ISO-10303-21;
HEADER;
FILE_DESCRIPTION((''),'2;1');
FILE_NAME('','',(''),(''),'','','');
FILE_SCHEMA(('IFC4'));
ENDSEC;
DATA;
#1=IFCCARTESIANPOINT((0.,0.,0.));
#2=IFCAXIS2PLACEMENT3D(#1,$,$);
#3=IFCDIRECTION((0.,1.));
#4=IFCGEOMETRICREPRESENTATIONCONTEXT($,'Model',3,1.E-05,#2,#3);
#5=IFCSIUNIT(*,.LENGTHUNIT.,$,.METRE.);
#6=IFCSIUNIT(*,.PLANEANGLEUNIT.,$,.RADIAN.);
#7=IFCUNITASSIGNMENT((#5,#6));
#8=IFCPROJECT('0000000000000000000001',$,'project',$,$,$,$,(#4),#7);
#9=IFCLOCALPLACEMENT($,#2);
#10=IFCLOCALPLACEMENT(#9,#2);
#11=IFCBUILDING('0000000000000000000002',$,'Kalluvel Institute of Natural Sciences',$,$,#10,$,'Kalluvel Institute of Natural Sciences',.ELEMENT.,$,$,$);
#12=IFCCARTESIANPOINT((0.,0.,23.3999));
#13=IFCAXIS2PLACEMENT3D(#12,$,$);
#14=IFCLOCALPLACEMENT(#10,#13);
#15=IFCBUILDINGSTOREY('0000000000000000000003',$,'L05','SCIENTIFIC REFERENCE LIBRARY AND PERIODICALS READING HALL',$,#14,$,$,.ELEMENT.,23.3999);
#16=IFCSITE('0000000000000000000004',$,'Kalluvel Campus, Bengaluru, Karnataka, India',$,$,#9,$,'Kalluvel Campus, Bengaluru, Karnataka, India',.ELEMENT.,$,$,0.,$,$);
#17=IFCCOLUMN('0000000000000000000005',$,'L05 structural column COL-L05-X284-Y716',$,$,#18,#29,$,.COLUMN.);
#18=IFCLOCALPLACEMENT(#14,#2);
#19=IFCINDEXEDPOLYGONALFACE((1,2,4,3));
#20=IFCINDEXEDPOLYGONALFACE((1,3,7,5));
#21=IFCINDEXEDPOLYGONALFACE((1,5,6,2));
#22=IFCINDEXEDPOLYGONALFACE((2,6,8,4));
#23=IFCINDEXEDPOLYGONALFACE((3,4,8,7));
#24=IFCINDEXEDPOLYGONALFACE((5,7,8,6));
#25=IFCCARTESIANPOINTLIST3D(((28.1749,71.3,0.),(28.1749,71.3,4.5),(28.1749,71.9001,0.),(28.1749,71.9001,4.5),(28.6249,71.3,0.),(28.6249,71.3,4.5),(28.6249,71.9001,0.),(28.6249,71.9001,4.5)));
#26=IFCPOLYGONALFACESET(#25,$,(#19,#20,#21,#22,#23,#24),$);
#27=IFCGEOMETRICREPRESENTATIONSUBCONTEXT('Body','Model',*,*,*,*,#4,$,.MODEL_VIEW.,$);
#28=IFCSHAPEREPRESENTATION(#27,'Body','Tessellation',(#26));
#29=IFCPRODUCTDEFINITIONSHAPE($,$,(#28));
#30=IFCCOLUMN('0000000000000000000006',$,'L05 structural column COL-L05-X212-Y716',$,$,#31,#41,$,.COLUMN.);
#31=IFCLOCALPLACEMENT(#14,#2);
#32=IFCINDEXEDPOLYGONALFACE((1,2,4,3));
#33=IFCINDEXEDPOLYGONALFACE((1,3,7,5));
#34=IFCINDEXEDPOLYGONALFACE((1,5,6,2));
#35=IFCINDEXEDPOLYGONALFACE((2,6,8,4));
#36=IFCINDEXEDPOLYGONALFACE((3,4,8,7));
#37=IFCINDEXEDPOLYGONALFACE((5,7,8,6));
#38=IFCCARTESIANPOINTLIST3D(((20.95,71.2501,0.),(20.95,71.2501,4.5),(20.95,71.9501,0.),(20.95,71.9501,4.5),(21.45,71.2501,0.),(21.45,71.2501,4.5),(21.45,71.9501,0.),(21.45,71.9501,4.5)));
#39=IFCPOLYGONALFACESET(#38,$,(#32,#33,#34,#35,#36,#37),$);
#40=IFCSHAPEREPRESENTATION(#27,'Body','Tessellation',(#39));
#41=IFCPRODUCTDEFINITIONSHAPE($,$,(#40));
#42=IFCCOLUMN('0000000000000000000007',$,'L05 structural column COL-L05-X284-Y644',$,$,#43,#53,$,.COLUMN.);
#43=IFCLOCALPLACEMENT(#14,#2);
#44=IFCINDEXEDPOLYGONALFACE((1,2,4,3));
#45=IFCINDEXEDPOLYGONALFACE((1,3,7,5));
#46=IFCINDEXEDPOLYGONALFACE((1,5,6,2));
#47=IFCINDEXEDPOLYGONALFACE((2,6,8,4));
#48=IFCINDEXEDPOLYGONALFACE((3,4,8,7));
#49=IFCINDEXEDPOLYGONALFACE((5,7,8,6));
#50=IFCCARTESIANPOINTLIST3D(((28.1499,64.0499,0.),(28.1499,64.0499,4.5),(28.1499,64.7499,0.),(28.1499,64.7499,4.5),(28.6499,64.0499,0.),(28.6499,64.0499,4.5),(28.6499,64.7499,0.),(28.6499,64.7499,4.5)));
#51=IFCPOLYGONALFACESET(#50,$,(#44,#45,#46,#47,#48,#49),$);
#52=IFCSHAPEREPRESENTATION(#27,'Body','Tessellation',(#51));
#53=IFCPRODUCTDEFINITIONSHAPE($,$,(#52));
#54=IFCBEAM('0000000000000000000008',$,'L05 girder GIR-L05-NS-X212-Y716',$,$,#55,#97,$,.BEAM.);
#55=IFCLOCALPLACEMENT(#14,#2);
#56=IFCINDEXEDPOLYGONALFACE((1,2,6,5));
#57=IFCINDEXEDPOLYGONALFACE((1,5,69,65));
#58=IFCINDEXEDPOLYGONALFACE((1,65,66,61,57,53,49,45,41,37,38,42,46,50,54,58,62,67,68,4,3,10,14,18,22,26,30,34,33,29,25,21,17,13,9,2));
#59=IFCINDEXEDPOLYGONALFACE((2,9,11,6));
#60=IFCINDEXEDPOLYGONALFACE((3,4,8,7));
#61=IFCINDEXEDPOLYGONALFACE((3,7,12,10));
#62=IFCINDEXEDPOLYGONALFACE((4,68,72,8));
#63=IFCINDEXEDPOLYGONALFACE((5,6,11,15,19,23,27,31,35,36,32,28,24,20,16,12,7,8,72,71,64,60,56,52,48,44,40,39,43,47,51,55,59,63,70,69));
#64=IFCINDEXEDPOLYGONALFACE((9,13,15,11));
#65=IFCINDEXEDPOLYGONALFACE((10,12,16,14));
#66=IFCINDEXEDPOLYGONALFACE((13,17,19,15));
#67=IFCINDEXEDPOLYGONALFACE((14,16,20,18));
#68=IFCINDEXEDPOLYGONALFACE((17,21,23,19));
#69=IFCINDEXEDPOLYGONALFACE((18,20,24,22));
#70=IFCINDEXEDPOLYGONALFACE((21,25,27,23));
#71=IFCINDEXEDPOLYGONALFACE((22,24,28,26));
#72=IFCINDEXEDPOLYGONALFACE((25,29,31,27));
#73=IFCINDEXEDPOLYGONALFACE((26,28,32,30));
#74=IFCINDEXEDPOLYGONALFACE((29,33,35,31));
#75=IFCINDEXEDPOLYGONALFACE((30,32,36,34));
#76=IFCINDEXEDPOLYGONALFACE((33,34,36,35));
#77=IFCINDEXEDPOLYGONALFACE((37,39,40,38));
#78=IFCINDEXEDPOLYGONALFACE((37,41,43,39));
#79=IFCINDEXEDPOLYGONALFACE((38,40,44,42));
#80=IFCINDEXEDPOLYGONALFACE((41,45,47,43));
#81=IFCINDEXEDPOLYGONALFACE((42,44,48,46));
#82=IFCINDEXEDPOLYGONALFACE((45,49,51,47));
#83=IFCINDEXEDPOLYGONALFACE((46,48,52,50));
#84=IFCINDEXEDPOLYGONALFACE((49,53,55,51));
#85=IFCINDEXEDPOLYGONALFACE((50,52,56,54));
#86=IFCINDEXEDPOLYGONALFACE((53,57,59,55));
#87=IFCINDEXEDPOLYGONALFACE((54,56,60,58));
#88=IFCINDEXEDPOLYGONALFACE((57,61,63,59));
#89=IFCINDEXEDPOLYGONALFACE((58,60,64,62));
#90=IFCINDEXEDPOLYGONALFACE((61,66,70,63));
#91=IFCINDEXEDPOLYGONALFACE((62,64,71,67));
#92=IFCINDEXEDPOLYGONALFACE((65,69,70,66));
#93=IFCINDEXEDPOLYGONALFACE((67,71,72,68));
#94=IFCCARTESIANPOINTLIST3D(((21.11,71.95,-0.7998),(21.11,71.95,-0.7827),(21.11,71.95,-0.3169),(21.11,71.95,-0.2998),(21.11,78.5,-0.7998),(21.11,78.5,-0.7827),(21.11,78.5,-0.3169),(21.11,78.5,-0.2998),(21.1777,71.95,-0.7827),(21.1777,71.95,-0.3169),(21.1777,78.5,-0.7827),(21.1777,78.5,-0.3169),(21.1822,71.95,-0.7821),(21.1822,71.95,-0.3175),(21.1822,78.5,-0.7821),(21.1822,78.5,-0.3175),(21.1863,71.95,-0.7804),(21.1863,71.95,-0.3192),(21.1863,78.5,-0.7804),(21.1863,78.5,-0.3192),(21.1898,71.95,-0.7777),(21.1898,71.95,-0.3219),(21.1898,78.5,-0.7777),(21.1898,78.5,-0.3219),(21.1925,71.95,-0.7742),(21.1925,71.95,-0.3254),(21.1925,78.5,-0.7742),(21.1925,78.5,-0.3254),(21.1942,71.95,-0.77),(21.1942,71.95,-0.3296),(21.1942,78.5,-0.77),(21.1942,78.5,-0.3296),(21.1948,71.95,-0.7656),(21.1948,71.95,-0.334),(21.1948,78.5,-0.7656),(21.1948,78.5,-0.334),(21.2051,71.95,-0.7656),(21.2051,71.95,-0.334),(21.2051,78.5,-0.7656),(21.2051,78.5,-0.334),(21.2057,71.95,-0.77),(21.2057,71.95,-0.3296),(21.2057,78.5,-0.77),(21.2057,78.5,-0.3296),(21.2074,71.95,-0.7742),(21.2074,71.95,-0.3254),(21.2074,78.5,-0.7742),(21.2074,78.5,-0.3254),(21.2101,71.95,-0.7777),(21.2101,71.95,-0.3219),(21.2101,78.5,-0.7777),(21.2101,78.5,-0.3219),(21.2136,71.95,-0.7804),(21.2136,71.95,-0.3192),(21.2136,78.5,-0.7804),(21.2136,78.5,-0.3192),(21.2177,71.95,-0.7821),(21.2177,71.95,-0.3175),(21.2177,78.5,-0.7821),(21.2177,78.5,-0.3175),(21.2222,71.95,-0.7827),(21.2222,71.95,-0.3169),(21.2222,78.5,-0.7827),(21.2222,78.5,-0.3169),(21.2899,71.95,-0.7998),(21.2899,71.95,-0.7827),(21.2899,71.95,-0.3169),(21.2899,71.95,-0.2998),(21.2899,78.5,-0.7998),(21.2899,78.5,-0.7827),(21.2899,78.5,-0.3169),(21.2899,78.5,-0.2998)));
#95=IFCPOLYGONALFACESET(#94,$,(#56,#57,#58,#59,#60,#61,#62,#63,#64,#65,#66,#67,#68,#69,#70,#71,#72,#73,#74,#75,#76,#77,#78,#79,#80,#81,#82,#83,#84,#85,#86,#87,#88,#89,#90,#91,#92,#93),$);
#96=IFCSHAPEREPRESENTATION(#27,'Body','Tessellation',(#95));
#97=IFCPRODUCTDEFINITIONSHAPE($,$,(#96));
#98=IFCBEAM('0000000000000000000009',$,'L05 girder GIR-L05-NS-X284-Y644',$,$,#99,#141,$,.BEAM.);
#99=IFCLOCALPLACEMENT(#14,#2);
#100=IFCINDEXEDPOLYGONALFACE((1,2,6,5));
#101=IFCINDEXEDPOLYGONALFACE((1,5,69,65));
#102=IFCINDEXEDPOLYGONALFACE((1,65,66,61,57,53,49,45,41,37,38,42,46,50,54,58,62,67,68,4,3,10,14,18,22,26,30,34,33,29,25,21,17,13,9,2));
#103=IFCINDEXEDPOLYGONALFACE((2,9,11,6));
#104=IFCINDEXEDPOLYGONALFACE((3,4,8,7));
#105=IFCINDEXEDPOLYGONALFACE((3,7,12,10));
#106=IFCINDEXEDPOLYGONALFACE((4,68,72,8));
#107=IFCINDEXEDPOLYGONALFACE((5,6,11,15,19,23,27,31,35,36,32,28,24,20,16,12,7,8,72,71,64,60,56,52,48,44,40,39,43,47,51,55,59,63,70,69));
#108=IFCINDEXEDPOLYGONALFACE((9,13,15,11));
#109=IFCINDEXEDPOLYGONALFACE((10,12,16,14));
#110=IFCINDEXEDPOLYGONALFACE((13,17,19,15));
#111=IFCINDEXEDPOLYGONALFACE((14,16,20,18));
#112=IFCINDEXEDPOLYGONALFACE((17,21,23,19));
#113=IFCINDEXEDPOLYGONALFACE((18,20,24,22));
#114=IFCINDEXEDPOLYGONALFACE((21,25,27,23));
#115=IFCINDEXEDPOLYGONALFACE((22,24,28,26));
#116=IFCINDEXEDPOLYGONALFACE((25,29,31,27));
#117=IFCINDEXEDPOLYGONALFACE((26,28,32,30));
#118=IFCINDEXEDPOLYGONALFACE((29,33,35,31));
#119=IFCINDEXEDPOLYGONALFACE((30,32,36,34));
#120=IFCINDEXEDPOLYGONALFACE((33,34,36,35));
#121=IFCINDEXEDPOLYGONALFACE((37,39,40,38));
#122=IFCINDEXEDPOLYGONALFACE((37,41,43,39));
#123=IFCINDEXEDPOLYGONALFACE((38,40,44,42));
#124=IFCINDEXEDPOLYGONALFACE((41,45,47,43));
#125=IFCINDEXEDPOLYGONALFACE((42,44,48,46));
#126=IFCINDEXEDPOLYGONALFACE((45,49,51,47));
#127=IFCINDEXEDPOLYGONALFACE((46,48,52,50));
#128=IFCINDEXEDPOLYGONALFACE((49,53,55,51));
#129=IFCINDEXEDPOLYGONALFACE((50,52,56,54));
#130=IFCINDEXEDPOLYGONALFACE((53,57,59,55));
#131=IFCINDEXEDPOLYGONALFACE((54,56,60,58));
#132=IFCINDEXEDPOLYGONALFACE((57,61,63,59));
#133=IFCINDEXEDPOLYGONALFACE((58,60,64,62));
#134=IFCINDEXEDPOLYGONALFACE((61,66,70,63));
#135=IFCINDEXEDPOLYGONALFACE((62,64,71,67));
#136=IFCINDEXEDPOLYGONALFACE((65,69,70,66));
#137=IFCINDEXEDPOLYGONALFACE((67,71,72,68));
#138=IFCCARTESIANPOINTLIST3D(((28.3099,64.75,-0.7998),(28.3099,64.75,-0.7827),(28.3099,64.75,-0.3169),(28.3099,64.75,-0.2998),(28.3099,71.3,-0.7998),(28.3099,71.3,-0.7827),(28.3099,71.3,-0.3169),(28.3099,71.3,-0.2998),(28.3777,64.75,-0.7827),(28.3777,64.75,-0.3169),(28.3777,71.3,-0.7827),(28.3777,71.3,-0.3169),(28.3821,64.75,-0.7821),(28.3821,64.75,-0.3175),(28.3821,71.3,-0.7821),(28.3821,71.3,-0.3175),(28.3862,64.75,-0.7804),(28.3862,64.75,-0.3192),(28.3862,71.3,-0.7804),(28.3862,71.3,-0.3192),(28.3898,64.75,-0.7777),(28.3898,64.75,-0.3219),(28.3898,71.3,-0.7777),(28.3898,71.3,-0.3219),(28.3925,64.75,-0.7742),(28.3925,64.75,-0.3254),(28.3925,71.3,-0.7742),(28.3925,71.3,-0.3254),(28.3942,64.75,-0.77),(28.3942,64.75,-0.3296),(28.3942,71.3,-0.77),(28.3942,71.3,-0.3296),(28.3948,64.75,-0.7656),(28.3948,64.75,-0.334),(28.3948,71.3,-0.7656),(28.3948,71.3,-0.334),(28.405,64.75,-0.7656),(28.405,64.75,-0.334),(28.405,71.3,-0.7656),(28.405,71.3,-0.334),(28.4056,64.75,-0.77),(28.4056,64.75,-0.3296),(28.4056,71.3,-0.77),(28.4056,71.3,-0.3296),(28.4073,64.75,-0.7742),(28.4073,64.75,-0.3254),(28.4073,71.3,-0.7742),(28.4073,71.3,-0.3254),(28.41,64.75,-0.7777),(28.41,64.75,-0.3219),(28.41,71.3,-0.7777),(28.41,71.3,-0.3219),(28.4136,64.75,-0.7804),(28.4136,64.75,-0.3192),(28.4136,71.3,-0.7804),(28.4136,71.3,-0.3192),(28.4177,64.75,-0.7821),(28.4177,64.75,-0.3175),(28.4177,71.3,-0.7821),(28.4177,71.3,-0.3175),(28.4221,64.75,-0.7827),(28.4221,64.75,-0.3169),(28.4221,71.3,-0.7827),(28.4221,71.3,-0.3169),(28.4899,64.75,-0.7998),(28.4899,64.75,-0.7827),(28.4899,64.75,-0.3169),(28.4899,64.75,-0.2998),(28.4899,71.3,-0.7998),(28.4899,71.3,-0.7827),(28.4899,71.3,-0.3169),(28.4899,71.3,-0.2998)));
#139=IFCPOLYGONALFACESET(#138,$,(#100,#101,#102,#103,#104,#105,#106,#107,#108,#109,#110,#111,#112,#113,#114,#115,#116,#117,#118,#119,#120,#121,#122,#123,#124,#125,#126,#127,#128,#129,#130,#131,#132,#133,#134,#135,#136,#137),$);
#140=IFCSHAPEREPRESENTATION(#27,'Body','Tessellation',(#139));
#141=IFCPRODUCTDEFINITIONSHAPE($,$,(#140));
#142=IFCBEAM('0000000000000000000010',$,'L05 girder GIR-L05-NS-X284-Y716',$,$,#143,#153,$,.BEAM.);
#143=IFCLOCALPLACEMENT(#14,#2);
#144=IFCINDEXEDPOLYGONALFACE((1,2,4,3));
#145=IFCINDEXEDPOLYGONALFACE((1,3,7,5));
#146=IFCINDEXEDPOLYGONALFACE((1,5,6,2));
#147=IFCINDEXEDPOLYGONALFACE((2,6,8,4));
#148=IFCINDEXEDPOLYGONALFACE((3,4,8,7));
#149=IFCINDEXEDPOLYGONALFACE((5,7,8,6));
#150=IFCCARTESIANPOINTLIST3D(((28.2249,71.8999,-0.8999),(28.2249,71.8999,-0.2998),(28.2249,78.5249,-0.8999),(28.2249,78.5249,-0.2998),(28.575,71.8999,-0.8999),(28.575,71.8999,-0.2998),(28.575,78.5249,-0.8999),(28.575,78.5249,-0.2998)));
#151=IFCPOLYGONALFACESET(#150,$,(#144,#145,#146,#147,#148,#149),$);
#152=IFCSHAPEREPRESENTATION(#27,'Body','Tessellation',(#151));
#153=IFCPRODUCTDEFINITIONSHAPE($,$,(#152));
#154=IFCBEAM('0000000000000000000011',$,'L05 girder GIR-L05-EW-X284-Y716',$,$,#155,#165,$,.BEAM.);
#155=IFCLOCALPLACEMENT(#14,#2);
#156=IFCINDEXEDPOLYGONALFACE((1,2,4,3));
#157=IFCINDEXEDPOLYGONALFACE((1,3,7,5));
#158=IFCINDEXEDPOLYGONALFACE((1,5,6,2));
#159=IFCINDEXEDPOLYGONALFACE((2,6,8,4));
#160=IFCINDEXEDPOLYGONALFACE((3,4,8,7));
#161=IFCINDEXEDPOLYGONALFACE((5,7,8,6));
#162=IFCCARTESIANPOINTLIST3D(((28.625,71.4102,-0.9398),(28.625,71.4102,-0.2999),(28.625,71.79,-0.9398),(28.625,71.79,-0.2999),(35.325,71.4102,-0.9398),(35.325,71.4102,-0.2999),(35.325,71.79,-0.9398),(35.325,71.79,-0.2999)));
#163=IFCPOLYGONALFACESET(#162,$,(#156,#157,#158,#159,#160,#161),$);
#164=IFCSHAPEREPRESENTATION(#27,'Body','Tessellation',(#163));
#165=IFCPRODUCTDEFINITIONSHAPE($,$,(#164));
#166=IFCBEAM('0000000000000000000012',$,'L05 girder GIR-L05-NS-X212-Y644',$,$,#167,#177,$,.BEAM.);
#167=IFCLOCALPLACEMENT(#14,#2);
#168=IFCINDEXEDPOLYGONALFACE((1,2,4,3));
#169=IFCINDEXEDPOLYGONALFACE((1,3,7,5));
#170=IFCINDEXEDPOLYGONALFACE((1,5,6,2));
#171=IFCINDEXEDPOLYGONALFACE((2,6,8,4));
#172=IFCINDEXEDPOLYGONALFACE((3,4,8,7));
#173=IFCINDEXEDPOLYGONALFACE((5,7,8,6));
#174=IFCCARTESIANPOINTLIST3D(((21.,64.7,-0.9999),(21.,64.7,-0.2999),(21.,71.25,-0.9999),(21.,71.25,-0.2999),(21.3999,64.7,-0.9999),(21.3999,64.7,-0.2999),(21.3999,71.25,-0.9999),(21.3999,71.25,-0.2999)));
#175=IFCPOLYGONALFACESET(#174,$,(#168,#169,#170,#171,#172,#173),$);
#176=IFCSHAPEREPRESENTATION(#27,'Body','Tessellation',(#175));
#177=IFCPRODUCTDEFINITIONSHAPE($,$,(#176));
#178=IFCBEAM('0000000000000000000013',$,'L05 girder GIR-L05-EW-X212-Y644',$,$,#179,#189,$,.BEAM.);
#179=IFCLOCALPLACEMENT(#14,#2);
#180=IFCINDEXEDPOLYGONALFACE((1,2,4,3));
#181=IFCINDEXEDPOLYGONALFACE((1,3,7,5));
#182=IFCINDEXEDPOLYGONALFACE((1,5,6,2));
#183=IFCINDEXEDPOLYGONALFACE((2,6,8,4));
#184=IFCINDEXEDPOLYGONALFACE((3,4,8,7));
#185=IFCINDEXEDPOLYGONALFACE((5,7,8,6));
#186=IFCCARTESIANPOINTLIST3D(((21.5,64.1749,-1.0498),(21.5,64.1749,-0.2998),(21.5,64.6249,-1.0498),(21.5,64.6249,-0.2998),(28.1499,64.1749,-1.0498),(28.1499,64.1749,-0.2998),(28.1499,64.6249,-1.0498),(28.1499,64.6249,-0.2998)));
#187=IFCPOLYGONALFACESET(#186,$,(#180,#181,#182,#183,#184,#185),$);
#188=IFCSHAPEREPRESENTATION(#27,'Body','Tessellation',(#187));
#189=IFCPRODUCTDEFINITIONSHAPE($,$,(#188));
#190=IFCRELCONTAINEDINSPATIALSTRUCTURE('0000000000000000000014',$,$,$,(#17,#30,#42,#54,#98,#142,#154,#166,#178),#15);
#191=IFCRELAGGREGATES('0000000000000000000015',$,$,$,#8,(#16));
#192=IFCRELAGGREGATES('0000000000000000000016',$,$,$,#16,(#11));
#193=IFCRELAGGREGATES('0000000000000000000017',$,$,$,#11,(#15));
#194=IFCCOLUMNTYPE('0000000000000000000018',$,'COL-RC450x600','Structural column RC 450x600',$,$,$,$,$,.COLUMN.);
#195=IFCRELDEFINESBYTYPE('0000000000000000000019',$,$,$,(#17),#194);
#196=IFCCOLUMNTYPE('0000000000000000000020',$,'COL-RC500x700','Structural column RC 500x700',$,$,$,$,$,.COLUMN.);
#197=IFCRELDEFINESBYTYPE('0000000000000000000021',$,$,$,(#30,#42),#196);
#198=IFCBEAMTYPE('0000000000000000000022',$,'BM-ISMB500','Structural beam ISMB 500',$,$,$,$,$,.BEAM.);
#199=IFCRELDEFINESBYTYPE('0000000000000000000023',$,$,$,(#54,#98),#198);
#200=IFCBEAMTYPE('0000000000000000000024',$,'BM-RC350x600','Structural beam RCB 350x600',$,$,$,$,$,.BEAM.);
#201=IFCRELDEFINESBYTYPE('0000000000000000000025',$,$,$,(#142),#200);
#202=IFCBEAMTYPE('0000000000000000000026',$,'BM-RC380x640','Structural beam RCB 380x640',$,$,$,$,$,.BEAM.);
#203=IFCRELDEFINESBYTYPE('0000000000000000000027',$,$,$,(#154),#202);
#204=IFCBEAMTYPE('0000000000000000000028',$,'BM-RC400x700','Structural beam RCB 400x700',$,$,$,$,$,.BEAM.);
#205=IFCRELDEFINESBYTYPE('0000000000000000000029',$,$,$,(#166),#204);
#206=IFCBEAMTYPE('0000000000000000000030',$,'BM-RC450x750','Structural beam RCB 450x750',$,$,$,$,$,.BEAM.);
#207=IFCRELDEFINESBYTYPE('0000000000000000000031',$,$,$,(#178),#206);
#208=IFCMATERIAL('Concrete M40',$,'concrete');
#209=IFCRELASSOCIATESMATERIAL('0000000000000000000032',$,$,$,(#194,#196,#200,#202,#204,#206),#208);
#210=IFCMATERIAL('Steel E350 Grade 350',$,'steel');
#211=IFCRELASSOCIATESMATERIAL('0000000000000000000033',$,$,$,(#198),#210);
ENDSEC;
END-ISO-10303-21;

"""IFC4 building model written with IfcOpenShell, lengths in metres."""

from ifc_helpers import new_model, si_unit, direction, frame, origin, origin_2d, place, context, subcontext, project, spatial, rectangle, i_section, extrude, material, material_profile, profile_set, type_object, element, save


model = new_model("IFC4")

# Units and contexts
model_context = context("Model", 3, precision=1e-05, world=origin(), true_north=direction((0.0, 1.0)))
body_context = subcontext(model_context, "Body", "Model", "MODEL_VIEW")
ifc_project = project(units=[si_unit("LENGTHUNIT", "METRE"), si_unit("PLANEANGLEUNIT", "RADIAN")], contexts=[model_context])

# Site, building, storey
site_placement = place(None, origin())
site = spatial("IfcSite", under=ifc_project, at=site_placement, Name="Kalluvel Campus, Bengaluru, Karnataka, India", LongName="Kalluvel Campus, Bengaluru, Karnataka, India", CompositionType="ELEMENT", RefElevation=0.0)
building_placement = place(site_placement, origin())
building = spatial("IfcBuilding", under=site, at=building_placement, Name="Kalluvel Institute of Natural Sciences", LongName="Kalluvel Institute of Natural Sciences", CompositionType="ELEMENT")
storey_placement = place(building_placement, frame((0.0, 0.0, 23.3999)))
storey = spatial("IfcBuildingStorey", under=building, at=storey_placement, Name="L05", Description="SCIENTIFIC REFERENCE LIBRARY AND PERIODICALS READING HALL", CompositionType="ELEMENT", Elevation=23.3999)

# Columns
ifc_material_1 = material(Name="Concrete M40", Category="concrete")
ifc_material_profile_1 = material_profile(ifc_material_1, rectangle(XDim=0.45, YDim=0.6001, at=origin_2d()), Name="RC 450x600")
ifc_profile_set_1 = profile_set([ifc_material_profile_1], Name="Concrete M40")
column_type_1 = type_object("IfcColumnType", Name="COL-RC450x600", Description="Structural column RC 450x600", PredefinedType="COLUMN", material=ifc_profile_set_1)
column_placement = place(storey_placement, frame((28.3999, 71.6001, 0.0), z_axis=(0.0, 0.0, 1.0), x_axis=(1.0, 0.0, 0.0)))
element("IfcColumn", 1, at=column_placement, inside=storey, type_object=column_type_1, Name="L05 structural column COL-L05-X284-Y716", PredefinedType="COLUMN", context=body_context, shape_type="SweptSolid", body=[
    extrude(rectangle(XDim=0.45, YDim=0.6001, at=origin_2d()), origin(), (0.0, 0.0, 1.0), 4.5),
])
ifc_material_profile_2 = material_profile(ifc_material_1, rectangle(XDim=0.5, YDim=0.7, at=origin_2d()), Name="RC 500x700")
ifc_profile_set_2 = profile_set([ifc_material_profile_2], Name="Concrete M40")
column_type_2 = type_object("IfcColumnType", Name="COL-RC500x700", Description="Structural column RC 500x700", PredefinedType="COLUMN", material=ifc_profile_set_2)
for number, where, z_axis, x_axis, name in (
    (2, (21.2, 71.6001, 0.0), (0.0, 0.0, 1.0), (1.0, 0.0, 0.0), "L05 structural column COL-L05-X212-Y716"),
    (3, (28.3999, 64.3999, 0.0), (0.0, 0.0, 1.0), (1.0, 0.0, 0.0), "L05 structural column COL-L05-X284-Y644"),
):
    element("IfcColumn", number, at=place(storey_placement, frame(where, z_axis=z_axis, x_axis=x_axis)), inside=storey, type_object=column_type_2, Name=name, PredefinedType="COLUMN", context=body_context, shape_type="SweptSolid", body=[
        extrude(rectangle(XDim=0.5, YDim=0.7, at=origin_2d()), origin(), (0.0, 0.0, 1.0), 4.5),
    ])

# Beams
ifc_material_2 = material(Name="Steel E350 Grade 350", Category="steel")
ifc_material_profile_3 = material_profile(ifc_material_2, i_section(OverallWidth=0.1799, OverallDepth=0.5, WebThickness=0.0103, FlangeThickness=0.0171, FilletRadius=0.0171, at=origin_2d()), Name="ISMB 500")
ifc_profile_set_3 = profile_set([ifc_material_profile_3], Name="Steel E350 Grade 350")
beam_type_1 = type_object("IfcBeamType", Name="BM-ISMB500", Description="Structural beam ISMB 500", PredefinedType="BEAM", material=ifc_profile_set_3)
for number, where, z_axis, x_axis, name in (
    (4, (21.2, 71.95, -0.5498), (0.0, 1.0, 0.0), (-1.0, 0.0, 0.0), "L05 girder GIR-L05-NS-X212-Y716"),
    (5, (28.3999, 64.75, -0.5498), (0.0, 1.0, 0.0), (-1.0, 0.0, 0.0), "L05 girder GIR-L05-NS-X284-Y644"),
):
    element("IfcBeam", number, at=place(storey_placement, frame(where, z_axis=z_axis, x_axis=x_axis)), inside=storey, type_object=beam_type_1, Name=name, PredefinedType="BEAM", context=body_context, shape_type="SweptSolid", body=[
        extrude(i_section(OverallWidth=0.1799, OverallDepth=0.5, WebThickness=0.0103, FlangeThickness=0.0171, FilletRadius=0.0171, at=origin_2d()), origin(), (0.0, 0.0, 1.0), 6.55),
    ])
ifc_material_profile_4 = material_profile(ifc_material_1, rectangle(XDim=0.3501, YDim=0.6001, at=origin_2d()), Name="RCB 350x600")
ifc_profile_set_4 = profile_set([ifc_material_profile_4], Name="Concrete M40")
beam_type_2 = type_object("IfcBeamType", Name="BM-RC350x600", Description="Structural beam RCB 350x600", PredefinedType="BEAM", material=ifc_profile_set_4)
beam_1_placement = place(storey_placement, frame((28.3999, 71.8999, -0.5999), z_axis=(0.0, 1.0, 0.0), x_axis=(-1.0, 0.0, 0.0)))
element("IfcBeam", 6, at=beam_1_placement, inside=storey, type_object=beam_type_2, Name="L05 girder GIR-L05-NS-X284-Y716", PredefinedType="BEAM", context=body_context, shape_type="SweptSolid", body=[
    extrude(rectangle(XDim=0.3501, YDim=0.6001, at=origin_2d()), origin(), (0.0, 0.0, 1.0), 6.625),
])
ifc_material_profile_5 = material_profile(ifc_material_1, rectangle(XDim=0.3799, YDim=0.6399, at=origin_2d()), Name="RCB 380x640")
ifc_profile_set_5 = profile_set([ifc_material_profile_5], Name="Concrete M40")
beam_type_3 = type_object("IfcBeamType", Name="BM-RC380x640", Description="Structural beam RCB 380x640", PredefinedType="BEAM", material=ifc_profile_set_5)
beam_2_placement = place(storey_placement, frame((28.625, 71.6001, -0.6199), z_axis=(1.0, 0.0, 0.0), x_axis=(0.0, 1.0, 0.0)))
element("IfcBeam", 7, at=beam_2_placement, inside=storey, type_object=beam_type_3, Name="L05 girder GIR-L05-EW-X284-Y716", PredefinedType="BEAM", context=body_context, shape_type="SweptSolid", body=[
    extrude(rectangle(XDim=0.3799, YDim=0.6399, at=origin_2d()), origin(), (0.0, 0.0, 1.0), 6.7),
])
ifc_material_profile_6 = material_profile(ifc_material_1, rectangle(XDim=0.3999, YDim=0.7, at=origin_2d()), Name="RCB 400x700")
ifc_profile_set_6 = profile_set([ifc_material_profile_6], Name="Concrete M40")
beam_type_4 = type_object("IfcBeamType", Name="BM-RC400x700", Description="Structural beam RCB 400x700", PredefinedType="BEAM", material=ifc_profile_set_6)
beam_3_placement = place(storey_placement, frame((21.2, 64.7, -0.6499), z_axis=(0.0, 1.0, 0.0), x_axis=(-1.0, 0.0, 0.0)))
element("IfcBeam", 8, at=beam_3_placement, inside=storey, type_object=beam_type_4, Name="L05 girder GIR-L05-NS-X212-Y644", PredefinedType="BEAM", context=body_context, shape_type="SweptSolid", body=[
    extrude(rectangle(XDim=0.3999, YDim=0.7, at=origin_2d()), origin(), (0.0, 0.0, 1.0), 6.55),
])
ifc_material_profile_7 = material_profile(ifc_material_1, rectangle(XDim=0.45, YDim=0.75, at=origin_2d()), Name="RCB 450x750")
ifc_profile_set_7 = profile_set([ifc_material_profile_7], Name="Concrete M40")
beam_type_5 = type_object("IfcBeamType", Name="BM-RC450x750", Description="Structural beam RCB 450x750", PredefinedType="BEAM", material=ifc_profile_set_7)
for number, where, z_axis, x_axis, name in (
    (9, (21.5, 64.3999, -0.6748), (1.0, 0.0, 0.0), (0.0, 1.0, 0.0), "L05 girder GIR-L05-EW-X212-Y644"),
):
    element("IfcBeam", number, at=place(storey_placement, frame(where, z_axis=z_axis, x_axis=x_axis)), inside=storey, type_object=beam_type_5, Name=name, PredefinedType="BEAM", context=body_context, shape_type="SweptSolid", body=[
        extrude(rectangle(XDim=0.45, YDim=0.75, at=origin_2d()), origin(), (0.0, 0.0, 1.0), 6.6499),
    ])

save(model, "model.ifc")
